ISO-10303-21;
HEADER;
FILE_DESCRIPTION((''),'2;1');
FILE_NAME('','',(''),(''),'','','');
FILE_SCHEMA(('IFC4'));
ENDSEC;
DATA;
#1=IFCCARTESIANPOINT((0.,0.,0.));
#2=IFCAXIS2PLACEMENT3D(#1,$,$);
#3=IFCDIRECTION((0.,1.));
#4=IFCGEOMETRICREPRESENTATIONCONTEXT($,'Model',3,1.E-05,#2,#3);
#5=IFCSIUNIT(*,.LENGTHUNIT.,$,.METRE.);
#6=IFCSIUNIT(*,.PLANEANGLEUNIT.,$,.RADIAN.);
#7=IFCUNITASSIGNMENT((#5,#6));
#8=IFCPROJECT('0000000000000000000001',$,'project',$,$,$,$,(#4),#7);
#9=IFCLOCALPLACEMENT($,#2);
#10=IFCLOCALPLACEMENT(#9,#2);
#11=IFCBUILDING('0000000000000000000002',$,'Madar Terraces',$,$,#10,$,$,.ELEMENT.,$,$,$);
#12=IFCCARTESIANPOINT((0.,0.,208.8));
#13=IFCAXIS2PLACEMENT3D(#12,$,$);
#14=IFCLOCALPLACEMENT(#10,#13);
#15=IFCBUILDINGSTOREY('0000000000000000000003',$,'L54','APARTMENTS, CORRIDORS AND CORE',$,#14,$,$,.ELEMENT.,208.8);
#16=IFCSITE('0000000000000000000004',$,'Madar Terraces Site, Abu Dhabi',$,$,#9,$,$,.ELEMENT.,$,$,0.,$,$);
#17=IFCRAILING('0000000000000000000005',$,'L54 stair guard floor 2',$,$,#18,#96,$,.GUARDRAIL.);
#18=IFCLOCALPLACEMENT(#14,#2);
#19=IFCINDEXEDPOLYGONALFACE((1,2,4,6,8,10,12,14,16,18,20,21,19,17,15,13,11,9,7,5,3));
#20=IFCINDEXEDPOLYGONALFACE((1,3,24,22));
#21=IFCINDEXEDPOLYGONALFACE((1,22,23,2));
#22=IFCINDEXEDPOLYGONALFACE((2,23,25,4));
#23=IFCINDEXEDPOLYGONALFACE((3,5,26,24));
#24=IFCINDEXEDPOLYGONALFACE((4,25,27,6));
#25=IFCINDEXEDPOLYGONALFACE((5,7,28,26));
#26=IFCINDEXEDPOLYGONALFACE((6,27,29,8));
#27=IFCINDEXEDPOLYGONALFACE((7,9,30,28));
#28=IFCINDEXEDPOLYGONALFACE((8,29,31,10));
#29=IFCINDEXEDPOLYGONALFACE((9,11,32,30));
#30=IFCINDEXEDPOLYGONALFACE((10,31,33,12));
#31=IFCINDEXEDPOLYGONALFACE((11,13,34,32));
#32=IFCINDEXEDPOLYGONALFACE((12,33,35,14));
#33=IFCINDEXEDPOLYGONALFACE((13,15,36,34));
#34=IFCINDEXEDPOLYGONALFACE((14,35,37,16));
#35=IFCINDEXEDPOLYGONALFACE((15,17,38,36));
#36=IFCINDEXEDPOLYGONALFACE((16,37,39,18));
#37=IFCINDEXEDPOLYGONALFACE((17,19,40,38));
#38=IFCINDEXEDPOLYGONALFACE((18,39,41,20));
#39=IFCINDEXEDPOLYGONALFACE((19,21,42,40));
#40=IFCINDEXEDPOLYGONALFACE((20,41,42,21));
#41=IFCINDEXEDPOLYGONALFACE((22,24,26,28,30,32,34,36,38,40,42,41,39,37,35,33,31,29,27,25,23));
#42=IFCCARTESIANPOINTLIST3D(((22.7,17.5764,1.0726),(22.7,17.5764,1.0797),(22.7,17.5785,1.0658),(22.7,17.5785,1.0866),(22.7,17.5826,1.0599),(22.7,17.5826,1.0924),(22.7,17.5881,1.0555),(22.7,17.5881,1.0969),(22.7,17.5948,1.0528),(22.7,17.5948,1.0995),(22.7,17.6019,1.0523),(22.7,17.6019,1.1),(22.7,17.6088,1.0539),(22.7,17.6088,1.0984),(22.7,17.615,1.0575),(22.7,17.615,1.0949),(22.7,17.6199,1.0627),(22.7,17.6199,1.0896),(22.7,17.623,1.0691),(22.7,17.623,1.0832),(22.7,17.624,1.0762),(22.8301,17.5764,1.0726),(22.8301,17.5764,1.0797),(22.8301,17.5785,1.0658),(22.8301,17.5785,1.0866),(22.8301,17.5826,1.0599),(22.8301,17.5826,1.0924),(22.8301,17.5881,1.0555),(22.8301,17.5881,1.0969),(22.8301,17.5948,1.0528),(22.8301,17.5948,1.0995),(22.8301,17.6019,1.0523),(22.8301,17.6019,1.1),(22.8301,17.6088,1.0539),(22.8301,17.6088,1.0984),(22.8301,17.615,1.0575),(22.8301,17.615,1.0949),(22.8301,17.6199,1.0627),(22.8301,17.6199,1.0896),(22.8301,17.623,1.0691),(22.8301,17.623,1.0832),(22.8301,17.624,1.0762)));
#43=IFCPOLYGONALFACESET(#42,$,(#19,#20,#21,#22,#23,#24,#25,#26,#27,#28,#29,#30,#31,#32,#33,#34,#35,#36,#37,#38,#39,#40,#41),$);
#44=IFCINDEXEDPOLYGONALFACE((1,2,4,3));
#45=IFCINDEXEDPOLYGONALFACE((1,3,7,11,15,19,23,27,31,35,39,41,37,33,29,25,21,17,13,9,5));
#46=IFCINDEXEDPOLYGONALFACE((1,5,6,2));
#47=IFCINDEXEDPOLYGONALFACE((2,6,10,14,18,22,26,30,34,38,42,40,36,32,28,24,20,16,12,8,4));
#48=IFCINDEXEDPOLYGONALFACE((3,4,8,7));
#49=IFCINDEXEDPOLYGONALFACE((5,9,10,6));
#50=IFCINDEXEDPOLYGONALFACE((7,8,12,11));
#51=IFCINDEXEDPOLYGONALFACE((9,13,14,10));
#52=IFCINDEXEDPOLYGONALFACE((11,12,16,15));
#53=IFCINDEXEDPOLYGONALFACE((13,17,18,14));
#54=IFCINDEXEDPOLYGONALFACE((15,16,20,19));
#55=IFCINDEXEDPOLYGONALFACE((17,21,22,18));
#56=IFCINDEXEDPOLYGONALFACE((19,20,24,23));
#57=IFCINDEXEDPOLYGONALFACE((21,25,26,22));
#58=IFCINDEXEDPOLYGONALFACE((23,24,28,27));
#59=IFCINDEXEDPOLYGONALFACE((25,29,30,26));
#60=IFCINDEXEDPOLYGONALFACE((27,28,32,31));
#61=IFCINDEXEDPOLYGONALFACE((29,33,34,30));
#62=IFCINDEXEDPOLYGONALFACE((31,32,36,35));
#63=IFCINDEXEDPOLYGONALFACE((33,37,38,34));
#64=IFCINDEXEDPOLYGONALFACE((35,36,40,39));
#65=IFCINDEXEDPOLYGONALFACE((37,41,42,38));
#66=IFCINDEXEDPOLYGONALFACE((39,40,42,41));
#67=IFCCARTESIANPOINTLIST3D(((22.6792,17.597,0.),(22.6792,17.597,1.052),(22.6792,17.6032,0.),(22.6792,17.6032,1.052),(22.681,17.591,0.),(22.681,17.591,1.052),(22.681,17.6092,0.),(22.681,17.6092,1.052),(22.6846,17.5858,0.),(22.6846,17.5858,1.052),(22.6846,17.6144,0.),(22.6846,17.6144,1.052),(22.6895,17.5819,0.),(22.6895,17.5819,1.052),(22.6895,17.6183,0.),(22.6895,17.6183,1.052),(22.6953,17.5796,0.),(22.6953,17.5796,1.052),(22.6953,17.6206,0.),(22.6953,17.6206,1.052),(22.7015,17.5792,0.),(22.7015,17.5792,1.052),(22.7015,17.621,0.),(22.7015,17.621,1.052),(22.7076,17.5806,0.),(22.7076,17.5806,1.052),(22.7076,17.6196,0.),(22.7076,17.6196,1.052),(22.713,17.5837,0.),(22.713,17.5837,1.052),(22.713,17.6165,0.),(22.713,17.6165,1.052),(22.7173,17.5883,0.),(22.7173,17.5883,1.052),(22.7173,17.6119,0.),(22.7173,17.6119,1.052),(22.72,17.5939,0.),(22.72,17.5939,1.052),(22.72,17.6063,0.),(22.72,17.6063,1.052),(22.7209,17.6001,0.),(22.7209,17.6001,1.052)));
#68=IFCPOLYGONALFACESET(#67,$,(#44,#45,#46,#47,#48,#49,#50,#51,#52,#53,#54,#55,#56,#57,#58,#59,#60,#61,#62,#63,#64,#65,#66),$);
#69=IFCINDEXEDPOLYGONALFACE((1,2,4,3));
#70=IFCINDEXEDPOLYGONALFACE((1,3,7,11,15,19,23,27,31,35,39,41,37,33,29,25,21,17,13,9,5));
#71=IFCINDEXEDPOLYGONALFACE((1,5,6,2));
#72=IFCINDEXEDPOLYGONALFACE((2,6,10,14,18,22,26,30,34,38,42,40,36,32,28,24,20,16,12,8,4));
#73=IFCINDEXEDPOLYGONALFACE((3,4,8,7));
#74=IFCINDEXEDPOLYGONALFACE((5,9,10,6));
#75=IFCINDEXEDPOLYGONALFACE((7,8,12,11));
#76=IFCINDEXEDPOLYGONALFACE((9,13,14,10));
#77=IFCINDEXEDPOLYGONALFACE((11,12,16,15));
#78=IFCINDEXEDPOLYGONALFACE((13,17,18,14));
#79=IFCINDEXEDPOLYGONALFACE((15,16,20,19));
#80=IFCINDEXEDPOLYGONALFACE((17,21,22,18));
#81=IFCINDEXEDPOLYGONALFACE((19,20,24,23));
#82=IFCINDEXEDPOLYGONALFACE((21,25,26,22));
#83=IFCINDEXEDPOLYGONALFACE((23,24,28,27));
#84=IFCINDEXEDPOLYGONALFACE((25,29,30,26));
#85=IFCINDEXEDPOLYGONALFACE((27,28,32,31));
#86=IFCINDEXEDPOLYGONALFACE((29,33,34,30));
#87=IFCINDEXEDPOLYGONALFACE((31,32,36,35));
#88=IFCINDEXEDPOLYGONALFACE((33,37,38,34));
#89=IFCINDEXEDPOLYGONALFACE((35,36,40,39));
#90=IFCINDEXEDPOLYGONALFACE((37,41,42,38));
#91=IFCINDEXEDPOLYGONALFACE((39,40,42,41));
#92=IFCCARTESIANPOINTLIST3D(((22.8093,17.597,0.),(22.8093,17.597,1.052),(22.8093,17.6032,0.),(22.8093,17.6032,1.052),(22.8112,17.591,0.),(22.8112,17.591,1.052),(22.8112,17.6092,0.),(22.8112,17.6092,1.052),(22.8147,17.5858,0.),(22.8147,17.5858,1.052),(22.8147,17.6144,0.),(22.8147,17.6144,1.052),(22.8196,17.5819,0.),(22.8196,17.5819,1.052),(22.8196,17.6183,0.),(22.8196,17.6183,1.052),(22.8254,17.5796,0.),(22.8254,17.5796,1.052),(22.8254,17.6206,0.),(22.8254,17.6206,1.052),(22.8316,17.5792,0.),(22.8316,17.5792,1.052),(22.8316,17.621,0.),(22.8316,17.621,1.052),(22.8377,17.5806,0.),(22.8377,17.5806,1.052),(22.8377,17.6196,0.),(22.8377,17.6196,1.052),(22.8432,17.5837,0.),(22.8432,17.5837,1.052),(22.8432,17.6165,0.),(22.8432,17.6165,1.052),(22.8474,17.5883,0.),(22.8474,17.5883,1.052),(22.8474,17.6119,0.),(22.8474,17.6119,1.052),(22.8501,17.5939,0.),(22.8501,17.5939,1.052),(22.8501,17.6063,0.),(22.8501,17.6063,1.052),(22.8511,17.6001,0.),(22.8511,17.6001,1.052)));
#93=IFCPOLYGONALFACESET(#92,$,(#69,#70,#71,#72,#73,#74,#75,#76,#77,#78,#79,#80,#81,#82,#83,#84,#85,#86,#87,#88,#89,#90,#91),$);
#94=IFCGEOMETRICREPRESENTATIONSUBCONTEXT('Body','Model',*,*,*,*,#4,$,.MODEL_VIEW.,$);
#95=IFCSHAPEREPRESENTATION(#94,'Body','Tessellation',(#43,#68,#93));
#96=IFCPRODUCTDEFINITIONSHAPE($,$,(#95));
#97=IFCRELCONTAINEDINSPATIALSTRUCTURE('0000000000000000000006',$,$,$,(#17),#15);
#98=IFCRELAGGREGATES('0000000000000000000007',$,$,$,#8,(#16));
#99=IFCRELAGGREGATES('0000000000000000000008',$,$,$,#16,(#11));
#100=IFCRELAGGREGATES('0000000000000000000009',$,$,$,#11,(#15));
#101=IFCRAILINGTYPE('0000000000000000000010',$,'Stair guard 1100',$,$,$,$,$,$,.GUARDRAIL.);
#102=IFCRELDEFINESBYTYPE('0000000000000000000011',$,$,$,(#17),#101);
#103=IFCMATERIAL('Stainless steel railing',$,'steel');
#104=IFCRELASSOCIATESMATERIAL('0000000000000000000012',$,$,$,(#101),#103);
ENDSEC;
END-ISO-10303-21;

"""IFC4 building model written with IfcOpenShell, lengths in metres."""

from ifc_helpers import new_model, si_unit, direction, frame, origin, origin_2d, place, context, subcontext, project, spatial, circle, extrude, material, type_object, element, save


model = new_model("IFC4")

# Units and contexts
model_context = context("Model", 3, precision=1e-05, world=origin(), true_north=direction((0.0, 1.0)))
body_context = subcontext(model_context, "Body", "Model", "MODEL_VIEW")
ifc_project = project(units=[si_unit("LENGTHUNIT", "METRE"), si_unit("PLANEANGLEUNIT", "RADIAN")], contexts=[model_context])

# Site, building, storey
site_placement = place(None, origin())
site = spatial("IfcSite", under=ifc_project, at=site_placement, Name="Madar Terraces Site, Abu Dhabi", CompositionType="ELEMENT", RefElevation=0.0)
building_placement = place(site_placement, origin())
building = spatial("IfcBuilding", under=site, at=building_placement, Name="Madar Terraces", CompositionType="ELEMENT")
storey_placement = place(building_placement, frame((0.0, 0.0, 208.8)))
storey = spatial("IfcBuildingStorey", under=building, at=storey_placement, Name="L54", Description="APARTMENTS, CORRIDORS AND CORE", CompositionType="ELEMENT", Elevation=208.8)

# Railing
ifc_material_1 = material(Name="Stainless steel railing", Category="steel")
railing_type_1 = type_object("IfcRailingType", Name="Stair guard 1100", PredefinedType="GUARDRAIL", material=ifc_material_1)
railing_1_placement = place(storey_placement, frame((22.7, 17.6001, 0.0)))
element("IfcRailing", 1, at=railing_1_placement, inside=storey, type_object=railing_type_1, Name="L54 stair guard floor 2", PredefinedType="GUARDRAIL", context=body_context, shape_type="SweptSolid", body=[
    extrude(circle(Radius=0.0239, at=origin_2d()), frame((0.0, 0.0, 1.0762), z_axis=(1.0, 0.0, 0.0), x_axis=(0.0, 1.0, 0.0)), (0.0, 0.0, 1.0), 0.1301),
    extrude(circle(Radius=0.021, at=origin_2d()), origin(), (0.0, 0.0, 1.0), 1.052),
    extrude(circle(Radius=0.021, at=origin_2d()), frame((0.1301, 0.0, 0.0)), (0.0, 0.0, 1.0), 1.052),
])

save(model, "model.ifc")
